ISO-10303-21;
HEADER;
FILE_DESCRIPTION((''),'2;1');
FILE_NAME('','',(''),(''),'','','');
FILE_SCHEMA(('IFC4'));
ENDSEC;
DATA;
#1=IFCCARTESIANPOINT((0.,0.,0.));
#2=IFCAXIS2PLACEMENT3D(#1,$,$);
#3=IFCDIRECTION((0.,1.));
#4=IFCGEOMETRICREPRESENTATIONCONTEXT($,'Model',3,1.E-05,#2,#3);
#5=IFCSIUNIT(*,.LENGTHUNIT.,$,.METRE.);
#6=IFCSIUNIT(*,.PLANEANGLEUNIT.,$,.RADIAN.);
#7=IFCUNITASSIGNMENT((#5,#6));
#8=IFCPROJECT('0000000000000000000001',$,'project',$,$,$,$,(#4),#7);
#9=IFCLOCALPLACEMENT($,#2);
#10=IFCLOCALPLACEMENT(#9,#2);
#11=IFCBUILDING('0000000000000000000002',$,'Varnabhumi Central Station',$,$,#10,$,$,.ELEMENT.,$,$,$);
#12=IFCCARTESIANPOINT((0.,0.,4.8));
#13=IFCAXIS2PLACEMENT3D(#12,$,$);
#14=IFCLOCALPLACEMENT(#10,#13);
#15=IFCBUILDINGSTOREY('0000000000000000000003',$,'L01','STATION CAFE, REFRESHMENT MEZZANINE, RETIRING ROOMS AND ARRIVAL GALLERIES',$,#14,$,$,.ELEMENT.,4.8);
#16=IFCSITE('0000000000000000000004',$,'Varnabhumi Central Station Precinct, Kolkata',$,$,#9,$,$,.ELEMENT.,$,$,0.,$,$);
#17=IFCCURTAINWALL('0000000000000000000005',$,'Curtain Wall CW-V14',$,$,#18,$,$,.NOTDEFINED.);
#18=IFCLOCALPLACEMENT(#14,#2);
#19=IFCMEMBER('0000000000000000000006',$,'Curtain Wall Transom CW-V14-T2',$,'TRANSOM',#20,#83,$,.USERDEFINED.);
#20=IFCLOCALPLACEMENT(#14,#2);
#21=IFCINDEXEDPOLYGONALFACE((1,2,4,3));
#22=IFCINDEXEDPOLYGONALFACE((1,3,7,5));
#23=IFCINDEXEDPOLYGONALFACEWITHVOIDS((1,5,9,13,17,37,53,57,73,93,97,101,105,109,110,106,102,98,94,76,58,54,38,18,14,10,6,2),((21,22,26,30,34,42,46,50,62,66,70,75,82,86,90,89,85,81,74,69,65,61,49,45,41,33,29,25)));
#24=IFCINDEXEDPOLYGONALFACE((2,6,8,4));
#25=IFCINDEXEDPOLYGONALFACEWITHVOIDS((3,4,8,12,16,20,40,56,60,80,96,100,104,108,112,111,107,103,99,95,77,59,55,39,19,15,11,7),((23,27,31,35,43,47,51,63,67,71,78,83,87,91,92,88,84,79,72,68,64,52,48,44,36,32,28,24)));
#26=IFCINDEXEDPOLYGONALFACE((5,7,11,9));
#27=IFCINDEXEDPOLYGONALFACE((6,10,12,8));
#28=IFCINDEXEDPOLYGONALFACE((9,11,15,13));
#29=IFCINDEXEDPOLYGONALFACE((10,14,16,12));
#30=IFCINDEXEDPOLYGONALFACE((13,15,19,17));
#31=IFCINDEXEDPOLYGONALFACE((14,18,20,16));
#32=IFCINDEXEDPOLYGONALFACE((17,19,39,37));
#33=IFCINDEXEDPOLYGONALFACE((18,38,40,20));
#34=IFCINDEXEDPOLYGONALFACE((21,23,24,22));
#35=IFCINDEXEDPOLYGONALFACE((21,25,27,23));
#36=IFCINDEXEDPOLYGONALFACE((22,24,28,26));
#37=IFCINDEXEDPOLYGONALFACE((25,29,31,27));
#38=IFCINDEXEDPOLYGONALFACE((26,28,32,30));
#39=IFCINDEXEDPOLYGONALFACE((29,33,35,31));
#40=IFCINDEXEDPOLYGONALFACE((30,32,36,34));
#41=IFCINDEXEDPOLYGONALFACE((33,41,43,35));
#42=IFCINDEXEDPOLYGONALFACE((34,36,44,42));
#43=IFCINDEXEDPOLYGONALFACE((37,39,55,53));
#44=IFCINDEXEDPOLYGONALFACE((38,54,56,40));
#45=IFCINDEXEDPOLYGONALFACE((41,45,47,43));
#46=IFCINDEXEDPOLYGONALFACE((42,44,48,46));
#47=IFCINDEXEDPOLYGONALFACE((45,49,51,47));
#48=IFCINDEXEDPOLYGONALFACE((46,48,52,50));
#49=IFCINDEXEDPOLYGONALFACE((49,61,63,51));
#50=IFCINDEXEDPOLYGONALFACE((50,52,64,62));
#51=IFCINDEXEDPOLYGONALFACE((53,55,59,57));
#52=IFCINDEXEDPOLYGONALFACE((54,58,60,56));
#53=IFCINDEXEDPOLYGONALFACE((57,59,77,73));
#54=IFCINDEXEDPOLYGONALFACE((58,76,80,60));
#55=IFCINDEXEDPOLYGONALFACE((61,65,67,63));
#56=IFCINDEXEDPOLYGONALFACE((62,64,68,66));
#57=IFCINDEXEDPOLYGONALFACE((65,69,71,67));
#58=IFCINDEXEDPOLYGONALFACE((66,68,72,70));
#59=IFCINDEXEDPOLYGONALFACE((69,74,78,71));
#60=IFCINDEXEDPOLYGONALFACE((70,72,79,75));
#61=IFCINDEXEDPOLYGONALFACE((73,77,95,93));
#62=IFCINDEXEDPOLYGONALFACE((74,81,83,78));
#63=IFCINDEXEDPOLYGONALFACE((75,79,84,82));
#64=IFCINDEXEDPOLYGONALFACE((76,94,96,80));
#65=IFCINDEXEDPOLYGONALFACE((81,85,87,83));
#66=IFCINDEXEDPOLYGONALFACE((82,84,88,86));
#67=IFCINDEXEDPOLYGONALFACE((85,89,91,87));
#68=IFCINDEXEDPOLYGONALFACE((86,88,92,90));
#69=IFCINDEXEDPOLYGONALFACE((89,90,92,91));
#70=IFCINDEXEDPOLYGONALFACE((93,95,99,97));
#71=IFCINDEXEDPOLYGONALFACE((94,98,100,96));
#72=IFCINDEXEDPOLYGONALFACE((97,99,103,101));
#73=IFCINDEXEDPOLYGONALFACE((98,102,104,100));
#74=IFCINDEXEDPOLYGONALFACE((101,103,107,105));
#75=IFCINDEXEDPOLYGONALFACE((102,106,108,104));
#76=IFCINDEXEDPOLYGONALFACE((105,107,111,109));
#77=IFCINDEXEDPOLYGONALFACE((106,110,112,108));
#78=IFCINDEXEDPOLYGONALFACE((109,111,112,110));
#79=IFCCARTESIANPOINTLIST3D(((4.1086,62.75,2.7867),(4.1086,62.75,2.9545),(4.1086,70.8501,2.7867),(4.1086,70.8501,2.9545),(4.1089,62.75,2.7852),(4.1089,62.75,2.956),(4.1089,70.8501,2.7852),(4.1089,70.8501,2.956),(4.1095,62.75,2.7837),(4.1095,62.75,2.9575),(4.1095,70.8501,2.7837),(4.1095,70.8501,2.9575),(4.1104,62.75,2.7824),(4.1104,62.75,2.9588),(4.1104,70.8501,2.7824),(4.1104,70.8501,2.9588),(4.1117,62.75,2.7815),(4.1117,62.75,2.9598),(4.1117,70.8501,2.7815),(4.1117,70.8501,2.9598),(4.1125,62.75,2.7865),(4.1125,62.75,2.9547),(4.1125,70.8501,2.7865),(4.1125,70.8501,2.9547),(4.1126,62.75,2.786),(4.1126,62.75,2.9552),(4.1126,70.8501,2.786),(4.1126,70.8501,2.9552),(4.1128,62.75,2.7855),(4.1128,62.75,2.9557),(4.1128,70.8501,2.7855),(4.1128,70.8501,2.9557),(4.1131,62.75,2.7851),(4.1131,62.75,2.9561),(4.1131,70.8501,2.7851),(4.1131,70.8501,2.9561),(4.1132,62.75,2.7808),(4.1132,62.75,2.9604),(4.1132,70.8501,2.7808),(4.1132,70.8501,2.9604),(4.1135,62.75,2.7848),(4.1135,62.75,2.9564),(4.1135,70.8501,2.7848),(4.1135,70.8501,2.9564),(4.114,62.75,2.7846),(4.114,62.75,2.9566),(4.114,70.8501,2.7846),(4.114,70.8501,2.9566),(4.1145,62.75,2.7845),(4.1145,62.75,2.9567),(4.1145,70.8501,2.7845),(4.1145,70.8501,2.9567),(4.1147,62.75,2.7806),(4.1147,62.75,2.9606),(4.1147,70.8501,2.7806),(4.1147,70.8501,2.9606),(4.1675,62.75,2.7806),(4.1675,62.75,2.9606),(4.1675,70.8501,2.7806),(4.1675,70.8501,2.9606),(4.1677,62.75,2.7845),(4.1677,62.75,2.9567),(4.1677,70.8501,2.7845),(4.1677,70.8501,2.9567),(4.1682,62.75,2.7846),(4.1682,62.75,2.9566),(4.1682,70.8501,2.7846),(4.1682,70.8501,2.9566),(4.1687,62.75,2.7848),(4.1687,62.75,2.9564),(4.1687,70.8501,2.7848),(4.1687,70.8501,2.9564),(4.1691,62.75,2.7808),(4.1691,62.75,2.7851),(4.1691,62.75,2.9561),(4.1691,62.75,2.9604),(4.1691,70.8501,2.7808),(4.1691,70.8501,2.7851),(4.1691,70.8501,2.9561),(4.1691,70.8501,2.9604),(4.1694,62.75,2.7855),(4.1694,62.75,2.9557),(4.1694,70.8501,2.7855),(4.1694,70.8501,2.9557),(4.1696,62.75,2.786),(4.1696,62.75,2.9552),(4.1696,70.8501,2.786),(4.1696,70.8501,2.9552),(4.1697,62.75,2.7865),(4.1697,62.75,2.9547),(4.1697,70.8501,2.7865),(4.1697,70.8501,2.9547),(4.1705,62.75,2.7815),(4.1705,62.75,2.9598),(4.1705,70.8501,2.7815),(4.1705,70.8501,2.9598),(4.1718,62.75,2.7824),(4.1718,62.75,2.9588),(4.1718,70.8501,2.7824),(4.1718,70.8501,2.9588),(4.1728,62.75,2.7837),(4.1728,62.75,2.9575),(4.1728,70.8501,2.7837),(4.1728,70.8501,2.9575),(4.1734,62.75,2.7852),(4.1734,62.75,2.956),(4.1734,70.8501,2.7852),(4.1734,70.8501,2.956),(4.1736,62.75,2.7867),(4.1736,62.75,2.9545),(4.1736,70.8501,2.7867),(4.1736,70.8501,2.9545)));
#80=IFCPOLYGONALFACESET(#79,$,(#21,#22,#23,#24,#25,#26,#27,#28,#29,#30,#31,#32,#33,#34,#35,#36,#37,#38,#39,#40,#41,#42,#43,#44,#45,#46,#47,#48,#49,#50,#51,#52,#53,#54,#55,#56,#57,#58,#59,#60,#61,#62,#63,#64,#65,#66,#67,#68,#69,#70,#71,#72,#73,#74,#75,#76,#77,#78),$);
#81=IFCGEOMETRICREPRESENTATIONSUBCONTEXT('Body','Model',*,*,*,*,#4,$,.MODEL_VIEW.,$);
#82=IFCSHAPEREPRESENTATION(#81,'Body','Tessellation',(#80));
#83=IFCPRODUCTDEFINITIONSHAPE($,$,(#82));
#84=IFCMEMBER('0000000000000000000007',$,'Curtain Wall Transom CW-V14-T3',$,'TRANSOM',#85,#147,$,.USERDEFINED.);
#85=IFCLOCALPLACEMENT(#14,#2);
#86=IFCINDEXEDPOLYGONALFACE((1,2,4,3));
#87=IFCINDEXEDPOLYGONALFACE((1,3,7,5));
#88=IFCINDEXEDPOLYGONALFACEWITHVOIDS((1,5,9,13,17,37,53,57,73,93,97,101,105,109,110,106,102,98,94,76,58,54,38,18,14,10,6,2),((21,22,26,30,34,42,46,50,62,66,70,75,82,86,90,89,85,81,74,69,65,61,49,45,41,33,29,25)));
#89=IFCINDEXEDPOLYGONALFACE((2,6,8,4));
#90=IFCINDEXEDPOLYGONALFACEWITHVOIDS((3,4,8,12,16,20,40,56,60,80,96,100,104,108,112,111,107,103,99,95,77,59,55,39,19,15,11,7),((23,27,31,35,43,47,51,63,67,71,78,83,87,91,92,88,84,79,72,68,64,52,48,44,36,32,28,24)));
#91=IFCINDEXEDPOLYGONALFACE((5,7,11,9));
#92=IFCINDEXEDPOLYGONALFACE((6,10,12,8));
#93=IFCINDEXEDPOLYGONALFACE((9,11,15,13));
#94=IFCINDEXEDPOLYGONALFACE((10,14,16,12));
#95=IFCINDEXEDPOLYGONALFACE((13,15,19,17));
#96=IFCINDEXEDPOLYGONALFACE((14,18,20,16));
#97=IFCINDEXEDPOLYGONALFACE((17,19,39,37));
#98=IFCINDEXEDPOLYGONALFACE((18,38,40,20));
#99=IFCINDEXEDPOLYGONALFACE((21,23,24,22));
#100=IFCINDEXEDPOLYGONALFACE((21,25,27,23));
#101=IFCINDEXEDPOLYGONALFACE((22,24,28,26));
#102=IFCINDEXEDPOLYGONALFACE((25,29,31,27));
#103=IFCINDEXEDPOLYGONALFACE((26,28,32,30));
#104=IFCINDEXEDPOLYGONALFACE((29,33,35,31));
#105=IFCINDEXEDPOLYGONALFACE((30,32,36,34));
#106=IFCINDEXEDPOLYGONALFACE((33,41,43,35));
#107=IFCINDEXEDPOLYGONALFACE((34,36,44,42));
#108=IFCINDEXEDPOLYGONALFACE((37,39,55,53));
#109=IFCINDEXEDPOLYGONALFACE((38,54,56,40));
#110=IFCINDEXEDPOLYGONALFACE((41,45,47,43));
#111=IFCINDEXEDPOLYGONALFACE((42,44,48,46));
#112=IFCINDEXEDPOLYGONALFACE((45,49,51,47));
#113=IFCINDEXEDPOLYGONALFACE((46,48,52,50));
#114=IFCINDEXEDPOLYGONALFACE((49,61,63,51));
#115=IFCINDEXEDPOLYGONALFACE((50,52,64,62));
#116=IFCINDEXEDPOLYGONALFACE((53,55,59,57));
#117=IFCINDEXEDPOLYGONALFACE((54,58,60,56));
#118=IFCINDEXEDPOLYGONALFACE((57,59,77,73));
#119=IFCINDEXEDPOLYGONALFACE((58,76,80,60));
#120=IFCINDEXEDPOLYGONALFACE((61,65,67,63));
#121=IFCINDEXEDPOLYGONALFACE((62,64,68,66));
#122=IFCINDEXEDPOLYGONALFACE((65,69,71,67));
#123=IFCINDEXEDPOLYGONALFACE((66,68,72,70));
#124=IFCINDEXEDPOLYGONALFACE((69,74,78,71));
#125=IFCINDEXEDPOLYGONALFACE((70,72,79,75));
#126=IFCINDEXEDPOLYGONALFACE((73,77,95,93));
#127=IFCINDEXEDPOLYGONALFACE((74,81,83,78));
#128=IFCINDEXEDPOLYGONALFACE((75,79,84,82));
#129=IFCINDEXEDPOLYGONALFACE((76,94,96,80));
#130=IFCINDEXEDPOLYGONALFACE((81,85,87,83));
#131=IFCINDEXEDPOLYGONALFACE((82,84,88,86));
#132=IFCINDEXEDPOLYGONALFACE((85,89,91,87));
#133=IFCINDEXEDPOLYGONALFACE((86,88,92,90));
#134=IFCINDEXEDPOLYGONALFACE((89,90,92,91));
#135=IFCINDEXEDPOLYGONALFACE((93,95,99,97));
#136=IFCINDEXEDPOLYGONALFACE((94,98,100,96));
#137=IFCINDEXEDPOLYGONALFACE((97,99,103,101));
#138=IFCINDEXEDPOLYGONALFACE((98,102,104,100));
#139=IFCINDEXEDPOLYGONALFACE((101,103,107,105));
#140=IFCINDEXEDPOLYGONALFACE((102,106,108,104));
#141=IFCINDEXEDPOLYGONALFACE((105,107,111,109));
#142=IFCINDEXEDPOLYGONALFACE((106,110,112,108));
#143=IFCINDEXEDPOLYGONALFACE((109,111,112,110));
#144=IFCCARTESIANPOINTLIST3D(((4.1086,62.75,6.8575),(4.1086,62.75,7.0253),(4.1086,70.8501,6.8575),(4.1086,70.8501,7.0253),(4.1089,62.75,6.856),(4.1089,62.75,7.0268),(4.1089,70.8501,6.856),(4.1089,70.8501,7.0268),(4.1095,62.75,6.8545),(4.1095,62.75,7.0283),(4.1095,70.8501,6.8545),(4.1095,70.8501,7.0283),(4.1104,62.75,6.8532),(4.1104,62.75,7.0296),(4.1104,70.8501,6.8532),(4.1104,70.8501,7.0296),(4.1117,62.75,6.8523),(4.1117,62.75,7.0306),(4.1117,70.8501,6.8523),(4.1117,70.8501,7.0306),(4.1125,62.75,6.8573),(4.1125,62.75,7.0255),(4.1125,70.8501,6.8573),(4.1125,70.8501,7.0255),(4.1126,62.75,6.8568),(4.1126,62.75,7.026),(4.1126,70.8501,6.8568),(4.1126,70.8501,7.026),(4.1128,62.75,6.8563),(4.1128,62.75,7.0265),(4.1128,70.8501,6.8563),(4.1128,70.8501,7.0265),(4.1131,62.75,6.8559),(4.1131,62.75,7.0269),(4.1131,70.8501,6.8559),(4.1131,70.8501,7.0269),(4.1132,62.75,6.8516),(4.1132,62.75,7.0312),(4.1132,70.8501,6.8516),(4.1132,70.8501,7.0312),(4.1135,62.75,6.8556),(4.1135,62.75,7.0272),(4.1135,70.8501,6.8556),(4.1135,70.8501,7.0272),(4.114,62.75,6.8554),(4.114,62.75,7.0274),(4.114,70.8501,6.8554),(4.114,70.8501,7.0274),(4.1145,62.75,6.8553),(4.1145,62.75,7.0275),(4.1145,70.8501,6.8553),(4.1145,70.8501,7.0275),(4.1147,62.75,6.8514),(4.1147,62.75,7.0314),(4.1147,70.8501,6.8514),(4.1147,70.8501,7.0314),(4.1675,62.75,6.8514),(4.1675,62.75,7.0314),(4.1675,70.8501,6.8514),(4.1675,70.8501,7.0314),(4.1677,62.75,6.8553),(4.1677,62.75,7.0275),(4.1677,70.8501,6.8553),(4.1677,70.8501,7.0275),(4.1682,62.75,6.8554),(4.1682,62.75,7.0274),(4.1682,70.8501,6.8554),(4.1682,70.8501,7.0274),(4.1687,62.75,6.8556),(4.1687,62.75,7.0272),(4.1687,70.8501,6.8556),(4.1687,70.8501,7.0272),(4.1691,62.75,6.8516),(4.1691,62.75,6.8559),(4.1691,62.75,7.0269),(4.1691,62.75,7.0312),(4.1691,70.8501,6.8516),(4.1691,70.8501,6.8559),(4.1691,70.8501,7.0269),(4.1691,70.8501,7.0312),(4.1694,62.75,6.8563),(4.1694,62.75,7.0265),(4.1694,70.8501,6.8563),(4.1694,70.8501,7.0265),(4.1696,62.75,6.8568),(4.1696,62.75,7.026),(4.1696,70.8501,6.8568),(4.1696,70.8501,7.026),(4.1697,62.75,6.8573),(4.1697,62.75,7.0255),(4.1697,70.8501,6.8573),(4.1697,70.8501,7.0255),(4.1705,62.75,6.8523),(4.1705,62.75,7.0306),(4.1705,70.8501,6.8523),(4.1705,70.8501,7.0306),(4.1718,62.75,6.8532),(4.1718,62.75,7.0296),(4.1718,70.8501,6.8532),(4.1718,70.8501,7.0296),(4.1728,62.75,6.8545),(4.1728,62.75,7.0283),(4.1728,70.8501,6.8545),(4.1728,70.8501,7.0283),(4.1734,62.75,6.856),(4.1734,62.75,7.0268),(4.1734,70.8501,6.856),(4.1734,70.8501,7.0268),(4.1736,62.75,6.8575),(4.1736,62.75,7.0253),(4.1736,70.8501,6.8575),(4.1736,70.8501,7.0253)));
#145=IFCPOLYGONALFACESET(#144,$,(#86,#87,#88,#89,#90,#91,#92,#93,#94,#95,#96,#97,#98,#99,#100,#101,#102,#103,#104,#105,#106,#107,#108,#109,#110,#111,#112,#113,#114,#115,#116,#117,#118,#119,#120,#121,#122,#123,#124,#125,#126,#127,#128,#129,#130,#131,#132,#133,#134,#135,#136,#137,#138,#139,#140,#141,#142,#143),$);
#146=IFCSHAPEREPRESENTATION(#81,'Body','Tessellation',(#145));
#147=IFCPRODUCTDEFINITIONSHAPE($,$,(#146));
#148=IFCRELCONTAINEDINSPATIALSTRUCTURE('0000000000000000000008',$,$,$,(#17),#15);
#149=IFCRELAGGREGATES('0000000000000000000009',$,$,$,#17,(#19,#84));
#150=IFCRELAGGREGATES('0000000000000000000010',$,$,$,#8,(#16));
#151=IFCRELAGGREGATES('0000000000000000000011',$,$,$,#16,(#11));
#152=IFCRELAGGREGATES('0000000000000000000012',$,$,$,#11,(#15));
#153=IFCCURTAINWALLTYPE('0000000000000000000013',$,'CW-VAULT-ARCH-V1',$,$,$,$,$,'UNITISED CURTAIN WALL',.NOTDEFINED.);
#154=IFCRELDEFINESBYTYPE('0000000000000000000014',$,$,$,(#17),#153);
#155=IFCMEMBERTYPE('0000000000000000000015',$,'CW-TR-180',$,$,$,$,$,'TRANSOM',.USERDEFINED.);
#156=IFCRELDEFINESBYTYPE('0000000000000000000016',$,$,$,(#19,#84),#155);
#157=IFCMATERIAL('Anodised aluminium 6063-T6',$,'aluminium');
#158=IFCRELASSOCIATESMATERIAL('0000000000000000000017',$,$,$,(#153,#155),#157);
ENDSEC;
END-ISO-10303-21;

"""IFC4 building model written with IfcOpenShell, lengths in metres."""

from ifc_helpers import new_model, si_unit, direction, frame, origin, origin_2d, place, context, subcontext, project, spatial, hollow_rectangle, extrude, material, material_profile, profile_set, type_object, element, aggregate, save


model = new_model("IFC4")

# Units and contexts
model_context = context("Model", 3, precision=1e-05, world=origin(), true_north=direction((0.0, 1.0)))
body_context = subcontext(model_context, "Body", "Model", "MODEL_VIEW")
ifc_project = project(units=[si_unit("LENGTHUNIT", "METRE"), si_unit("PLANEANGLEUNIT", "RADIAN")], contexts=[model_context])

# Site, building, storey
site_placement = place(None, origin())
site = spatial("IfcSite", under=ifc_project, at=site_placement, Name="Varnabhumi Central Station Precinct, Kolkata", CompositionType="ELEMENT", RefElevation=0.0)
building_placement = place(site_placement, origin())
building = spatial("IfcBuilding", under=site, at=building_placement, Name="Varnabhumi Central Station", CompositionType="ELEMENT")
storey_placement = place(building_placement, frame((0.0, 0.0, 4.8)))
storey = spatial("IfcBuildingStorey", under=building, at=storey_placement, Name="L01", Description="STATION CAFE, REFRESHMENT MEZZANINE, RETIRING ROOMS AND ARRIVAL GALLERIES", CompositionType="ELEMENT", Elevation=4.8)

# Curtain wall
ifc_material_1 = material(Name="Anodised aluminium 6063-T6", Category="aluminium")
curtain_wall_type = type_object("IfcCurtainWallType", Name="CW-VAULT-ARCH-V1", ElementType="UNITISED CURTAIN WALL", PredefinedType="NOTDEFINED", material=ifc_material_1)
curtain_wall_1_placement = place(storey_placement, origin())
curtain_wall_1 = element("IfcCurtainWall", 1, at=curtain_wall_1_placement, inside=storey, type_object=curtain_wall_type, Name="Curtain Wall CW-V14", PredefinedType="NOTDEFINED")

# Members
ifc_material_profile_1 = material_profile(ifc_material_1, hollow_rectangle(XDim=0.0649, YDim=0.1799, WallThickness=0.0039, InnerFilletRadius=0.002, OuterFilletRadius=0.0061, at=origin_2d()), Name="Anodised aluminium 6063-T6", Category="aluminium")
ifc_profile_set_1 = profile_set([ifc_material_profile_1], Name="Anodised aluminium 6063-T6")
member_type_1 = type_object("IfcMemberType", Name="CW-TR-180", ElementType="TRANSOM", PredefinedType="USERDEFINED", material=ifc_profile_set_1)
member_1_placement = place(storey_placement, frame((4.1411, 62.75, 2.8706), z_axis=(0.0, 1.0, 0.0), x_axis=(-1.0, 0.0, 0.0)))
member_1 = element("IfcMember", 2, at=member_1_placement, type_object=member_type_1, Name="Curtain Wall Transom CW-V14-T2", ObjectType="TRANSOM", PredefinedType="USERDEFINED", context=body_context, shape_type="SweptSolid", body=[
    extrude(hollow_rectangle(XDim=0.0649, YDim=0.1799, WallThickness=0.0039, InnerFilletRadius=0.002, OuterFilletRadius=0.0061, at=origin_2d()), origin(), (0.0, 0.0, 1.0), 8.1001),
])
member_2_placement = place(storey_placement, frame((4.1411, 62.75, 6.9414), z_axis=(0.0, 1.0, 0.0), x_axis=(-1.0, 0.0, 0.0)))
member_2 = element("IfcMember", 3, at=member_2_placement, type_object=member_type_1, Name="Curtain Wall Transom CW-V14-T3", ObjectType="TRANSOM", PredefinedType="USERDEFINED", context=body_context, shape_type="SweptSolid", body=[
    extrude(hollow_rectangle(XDim=0.0649, YDim=0.1799, WallThickness=0.0039, InnerFilletRadius=0.002, OuterFilletRadius=0.0061, at=origin_2d()), origin(), (0.0, 0.0, 1.0), 8.1001),
])

aggregate(curtain_wall_1, [member_1, member_2])

save(model, "model.ifc")
